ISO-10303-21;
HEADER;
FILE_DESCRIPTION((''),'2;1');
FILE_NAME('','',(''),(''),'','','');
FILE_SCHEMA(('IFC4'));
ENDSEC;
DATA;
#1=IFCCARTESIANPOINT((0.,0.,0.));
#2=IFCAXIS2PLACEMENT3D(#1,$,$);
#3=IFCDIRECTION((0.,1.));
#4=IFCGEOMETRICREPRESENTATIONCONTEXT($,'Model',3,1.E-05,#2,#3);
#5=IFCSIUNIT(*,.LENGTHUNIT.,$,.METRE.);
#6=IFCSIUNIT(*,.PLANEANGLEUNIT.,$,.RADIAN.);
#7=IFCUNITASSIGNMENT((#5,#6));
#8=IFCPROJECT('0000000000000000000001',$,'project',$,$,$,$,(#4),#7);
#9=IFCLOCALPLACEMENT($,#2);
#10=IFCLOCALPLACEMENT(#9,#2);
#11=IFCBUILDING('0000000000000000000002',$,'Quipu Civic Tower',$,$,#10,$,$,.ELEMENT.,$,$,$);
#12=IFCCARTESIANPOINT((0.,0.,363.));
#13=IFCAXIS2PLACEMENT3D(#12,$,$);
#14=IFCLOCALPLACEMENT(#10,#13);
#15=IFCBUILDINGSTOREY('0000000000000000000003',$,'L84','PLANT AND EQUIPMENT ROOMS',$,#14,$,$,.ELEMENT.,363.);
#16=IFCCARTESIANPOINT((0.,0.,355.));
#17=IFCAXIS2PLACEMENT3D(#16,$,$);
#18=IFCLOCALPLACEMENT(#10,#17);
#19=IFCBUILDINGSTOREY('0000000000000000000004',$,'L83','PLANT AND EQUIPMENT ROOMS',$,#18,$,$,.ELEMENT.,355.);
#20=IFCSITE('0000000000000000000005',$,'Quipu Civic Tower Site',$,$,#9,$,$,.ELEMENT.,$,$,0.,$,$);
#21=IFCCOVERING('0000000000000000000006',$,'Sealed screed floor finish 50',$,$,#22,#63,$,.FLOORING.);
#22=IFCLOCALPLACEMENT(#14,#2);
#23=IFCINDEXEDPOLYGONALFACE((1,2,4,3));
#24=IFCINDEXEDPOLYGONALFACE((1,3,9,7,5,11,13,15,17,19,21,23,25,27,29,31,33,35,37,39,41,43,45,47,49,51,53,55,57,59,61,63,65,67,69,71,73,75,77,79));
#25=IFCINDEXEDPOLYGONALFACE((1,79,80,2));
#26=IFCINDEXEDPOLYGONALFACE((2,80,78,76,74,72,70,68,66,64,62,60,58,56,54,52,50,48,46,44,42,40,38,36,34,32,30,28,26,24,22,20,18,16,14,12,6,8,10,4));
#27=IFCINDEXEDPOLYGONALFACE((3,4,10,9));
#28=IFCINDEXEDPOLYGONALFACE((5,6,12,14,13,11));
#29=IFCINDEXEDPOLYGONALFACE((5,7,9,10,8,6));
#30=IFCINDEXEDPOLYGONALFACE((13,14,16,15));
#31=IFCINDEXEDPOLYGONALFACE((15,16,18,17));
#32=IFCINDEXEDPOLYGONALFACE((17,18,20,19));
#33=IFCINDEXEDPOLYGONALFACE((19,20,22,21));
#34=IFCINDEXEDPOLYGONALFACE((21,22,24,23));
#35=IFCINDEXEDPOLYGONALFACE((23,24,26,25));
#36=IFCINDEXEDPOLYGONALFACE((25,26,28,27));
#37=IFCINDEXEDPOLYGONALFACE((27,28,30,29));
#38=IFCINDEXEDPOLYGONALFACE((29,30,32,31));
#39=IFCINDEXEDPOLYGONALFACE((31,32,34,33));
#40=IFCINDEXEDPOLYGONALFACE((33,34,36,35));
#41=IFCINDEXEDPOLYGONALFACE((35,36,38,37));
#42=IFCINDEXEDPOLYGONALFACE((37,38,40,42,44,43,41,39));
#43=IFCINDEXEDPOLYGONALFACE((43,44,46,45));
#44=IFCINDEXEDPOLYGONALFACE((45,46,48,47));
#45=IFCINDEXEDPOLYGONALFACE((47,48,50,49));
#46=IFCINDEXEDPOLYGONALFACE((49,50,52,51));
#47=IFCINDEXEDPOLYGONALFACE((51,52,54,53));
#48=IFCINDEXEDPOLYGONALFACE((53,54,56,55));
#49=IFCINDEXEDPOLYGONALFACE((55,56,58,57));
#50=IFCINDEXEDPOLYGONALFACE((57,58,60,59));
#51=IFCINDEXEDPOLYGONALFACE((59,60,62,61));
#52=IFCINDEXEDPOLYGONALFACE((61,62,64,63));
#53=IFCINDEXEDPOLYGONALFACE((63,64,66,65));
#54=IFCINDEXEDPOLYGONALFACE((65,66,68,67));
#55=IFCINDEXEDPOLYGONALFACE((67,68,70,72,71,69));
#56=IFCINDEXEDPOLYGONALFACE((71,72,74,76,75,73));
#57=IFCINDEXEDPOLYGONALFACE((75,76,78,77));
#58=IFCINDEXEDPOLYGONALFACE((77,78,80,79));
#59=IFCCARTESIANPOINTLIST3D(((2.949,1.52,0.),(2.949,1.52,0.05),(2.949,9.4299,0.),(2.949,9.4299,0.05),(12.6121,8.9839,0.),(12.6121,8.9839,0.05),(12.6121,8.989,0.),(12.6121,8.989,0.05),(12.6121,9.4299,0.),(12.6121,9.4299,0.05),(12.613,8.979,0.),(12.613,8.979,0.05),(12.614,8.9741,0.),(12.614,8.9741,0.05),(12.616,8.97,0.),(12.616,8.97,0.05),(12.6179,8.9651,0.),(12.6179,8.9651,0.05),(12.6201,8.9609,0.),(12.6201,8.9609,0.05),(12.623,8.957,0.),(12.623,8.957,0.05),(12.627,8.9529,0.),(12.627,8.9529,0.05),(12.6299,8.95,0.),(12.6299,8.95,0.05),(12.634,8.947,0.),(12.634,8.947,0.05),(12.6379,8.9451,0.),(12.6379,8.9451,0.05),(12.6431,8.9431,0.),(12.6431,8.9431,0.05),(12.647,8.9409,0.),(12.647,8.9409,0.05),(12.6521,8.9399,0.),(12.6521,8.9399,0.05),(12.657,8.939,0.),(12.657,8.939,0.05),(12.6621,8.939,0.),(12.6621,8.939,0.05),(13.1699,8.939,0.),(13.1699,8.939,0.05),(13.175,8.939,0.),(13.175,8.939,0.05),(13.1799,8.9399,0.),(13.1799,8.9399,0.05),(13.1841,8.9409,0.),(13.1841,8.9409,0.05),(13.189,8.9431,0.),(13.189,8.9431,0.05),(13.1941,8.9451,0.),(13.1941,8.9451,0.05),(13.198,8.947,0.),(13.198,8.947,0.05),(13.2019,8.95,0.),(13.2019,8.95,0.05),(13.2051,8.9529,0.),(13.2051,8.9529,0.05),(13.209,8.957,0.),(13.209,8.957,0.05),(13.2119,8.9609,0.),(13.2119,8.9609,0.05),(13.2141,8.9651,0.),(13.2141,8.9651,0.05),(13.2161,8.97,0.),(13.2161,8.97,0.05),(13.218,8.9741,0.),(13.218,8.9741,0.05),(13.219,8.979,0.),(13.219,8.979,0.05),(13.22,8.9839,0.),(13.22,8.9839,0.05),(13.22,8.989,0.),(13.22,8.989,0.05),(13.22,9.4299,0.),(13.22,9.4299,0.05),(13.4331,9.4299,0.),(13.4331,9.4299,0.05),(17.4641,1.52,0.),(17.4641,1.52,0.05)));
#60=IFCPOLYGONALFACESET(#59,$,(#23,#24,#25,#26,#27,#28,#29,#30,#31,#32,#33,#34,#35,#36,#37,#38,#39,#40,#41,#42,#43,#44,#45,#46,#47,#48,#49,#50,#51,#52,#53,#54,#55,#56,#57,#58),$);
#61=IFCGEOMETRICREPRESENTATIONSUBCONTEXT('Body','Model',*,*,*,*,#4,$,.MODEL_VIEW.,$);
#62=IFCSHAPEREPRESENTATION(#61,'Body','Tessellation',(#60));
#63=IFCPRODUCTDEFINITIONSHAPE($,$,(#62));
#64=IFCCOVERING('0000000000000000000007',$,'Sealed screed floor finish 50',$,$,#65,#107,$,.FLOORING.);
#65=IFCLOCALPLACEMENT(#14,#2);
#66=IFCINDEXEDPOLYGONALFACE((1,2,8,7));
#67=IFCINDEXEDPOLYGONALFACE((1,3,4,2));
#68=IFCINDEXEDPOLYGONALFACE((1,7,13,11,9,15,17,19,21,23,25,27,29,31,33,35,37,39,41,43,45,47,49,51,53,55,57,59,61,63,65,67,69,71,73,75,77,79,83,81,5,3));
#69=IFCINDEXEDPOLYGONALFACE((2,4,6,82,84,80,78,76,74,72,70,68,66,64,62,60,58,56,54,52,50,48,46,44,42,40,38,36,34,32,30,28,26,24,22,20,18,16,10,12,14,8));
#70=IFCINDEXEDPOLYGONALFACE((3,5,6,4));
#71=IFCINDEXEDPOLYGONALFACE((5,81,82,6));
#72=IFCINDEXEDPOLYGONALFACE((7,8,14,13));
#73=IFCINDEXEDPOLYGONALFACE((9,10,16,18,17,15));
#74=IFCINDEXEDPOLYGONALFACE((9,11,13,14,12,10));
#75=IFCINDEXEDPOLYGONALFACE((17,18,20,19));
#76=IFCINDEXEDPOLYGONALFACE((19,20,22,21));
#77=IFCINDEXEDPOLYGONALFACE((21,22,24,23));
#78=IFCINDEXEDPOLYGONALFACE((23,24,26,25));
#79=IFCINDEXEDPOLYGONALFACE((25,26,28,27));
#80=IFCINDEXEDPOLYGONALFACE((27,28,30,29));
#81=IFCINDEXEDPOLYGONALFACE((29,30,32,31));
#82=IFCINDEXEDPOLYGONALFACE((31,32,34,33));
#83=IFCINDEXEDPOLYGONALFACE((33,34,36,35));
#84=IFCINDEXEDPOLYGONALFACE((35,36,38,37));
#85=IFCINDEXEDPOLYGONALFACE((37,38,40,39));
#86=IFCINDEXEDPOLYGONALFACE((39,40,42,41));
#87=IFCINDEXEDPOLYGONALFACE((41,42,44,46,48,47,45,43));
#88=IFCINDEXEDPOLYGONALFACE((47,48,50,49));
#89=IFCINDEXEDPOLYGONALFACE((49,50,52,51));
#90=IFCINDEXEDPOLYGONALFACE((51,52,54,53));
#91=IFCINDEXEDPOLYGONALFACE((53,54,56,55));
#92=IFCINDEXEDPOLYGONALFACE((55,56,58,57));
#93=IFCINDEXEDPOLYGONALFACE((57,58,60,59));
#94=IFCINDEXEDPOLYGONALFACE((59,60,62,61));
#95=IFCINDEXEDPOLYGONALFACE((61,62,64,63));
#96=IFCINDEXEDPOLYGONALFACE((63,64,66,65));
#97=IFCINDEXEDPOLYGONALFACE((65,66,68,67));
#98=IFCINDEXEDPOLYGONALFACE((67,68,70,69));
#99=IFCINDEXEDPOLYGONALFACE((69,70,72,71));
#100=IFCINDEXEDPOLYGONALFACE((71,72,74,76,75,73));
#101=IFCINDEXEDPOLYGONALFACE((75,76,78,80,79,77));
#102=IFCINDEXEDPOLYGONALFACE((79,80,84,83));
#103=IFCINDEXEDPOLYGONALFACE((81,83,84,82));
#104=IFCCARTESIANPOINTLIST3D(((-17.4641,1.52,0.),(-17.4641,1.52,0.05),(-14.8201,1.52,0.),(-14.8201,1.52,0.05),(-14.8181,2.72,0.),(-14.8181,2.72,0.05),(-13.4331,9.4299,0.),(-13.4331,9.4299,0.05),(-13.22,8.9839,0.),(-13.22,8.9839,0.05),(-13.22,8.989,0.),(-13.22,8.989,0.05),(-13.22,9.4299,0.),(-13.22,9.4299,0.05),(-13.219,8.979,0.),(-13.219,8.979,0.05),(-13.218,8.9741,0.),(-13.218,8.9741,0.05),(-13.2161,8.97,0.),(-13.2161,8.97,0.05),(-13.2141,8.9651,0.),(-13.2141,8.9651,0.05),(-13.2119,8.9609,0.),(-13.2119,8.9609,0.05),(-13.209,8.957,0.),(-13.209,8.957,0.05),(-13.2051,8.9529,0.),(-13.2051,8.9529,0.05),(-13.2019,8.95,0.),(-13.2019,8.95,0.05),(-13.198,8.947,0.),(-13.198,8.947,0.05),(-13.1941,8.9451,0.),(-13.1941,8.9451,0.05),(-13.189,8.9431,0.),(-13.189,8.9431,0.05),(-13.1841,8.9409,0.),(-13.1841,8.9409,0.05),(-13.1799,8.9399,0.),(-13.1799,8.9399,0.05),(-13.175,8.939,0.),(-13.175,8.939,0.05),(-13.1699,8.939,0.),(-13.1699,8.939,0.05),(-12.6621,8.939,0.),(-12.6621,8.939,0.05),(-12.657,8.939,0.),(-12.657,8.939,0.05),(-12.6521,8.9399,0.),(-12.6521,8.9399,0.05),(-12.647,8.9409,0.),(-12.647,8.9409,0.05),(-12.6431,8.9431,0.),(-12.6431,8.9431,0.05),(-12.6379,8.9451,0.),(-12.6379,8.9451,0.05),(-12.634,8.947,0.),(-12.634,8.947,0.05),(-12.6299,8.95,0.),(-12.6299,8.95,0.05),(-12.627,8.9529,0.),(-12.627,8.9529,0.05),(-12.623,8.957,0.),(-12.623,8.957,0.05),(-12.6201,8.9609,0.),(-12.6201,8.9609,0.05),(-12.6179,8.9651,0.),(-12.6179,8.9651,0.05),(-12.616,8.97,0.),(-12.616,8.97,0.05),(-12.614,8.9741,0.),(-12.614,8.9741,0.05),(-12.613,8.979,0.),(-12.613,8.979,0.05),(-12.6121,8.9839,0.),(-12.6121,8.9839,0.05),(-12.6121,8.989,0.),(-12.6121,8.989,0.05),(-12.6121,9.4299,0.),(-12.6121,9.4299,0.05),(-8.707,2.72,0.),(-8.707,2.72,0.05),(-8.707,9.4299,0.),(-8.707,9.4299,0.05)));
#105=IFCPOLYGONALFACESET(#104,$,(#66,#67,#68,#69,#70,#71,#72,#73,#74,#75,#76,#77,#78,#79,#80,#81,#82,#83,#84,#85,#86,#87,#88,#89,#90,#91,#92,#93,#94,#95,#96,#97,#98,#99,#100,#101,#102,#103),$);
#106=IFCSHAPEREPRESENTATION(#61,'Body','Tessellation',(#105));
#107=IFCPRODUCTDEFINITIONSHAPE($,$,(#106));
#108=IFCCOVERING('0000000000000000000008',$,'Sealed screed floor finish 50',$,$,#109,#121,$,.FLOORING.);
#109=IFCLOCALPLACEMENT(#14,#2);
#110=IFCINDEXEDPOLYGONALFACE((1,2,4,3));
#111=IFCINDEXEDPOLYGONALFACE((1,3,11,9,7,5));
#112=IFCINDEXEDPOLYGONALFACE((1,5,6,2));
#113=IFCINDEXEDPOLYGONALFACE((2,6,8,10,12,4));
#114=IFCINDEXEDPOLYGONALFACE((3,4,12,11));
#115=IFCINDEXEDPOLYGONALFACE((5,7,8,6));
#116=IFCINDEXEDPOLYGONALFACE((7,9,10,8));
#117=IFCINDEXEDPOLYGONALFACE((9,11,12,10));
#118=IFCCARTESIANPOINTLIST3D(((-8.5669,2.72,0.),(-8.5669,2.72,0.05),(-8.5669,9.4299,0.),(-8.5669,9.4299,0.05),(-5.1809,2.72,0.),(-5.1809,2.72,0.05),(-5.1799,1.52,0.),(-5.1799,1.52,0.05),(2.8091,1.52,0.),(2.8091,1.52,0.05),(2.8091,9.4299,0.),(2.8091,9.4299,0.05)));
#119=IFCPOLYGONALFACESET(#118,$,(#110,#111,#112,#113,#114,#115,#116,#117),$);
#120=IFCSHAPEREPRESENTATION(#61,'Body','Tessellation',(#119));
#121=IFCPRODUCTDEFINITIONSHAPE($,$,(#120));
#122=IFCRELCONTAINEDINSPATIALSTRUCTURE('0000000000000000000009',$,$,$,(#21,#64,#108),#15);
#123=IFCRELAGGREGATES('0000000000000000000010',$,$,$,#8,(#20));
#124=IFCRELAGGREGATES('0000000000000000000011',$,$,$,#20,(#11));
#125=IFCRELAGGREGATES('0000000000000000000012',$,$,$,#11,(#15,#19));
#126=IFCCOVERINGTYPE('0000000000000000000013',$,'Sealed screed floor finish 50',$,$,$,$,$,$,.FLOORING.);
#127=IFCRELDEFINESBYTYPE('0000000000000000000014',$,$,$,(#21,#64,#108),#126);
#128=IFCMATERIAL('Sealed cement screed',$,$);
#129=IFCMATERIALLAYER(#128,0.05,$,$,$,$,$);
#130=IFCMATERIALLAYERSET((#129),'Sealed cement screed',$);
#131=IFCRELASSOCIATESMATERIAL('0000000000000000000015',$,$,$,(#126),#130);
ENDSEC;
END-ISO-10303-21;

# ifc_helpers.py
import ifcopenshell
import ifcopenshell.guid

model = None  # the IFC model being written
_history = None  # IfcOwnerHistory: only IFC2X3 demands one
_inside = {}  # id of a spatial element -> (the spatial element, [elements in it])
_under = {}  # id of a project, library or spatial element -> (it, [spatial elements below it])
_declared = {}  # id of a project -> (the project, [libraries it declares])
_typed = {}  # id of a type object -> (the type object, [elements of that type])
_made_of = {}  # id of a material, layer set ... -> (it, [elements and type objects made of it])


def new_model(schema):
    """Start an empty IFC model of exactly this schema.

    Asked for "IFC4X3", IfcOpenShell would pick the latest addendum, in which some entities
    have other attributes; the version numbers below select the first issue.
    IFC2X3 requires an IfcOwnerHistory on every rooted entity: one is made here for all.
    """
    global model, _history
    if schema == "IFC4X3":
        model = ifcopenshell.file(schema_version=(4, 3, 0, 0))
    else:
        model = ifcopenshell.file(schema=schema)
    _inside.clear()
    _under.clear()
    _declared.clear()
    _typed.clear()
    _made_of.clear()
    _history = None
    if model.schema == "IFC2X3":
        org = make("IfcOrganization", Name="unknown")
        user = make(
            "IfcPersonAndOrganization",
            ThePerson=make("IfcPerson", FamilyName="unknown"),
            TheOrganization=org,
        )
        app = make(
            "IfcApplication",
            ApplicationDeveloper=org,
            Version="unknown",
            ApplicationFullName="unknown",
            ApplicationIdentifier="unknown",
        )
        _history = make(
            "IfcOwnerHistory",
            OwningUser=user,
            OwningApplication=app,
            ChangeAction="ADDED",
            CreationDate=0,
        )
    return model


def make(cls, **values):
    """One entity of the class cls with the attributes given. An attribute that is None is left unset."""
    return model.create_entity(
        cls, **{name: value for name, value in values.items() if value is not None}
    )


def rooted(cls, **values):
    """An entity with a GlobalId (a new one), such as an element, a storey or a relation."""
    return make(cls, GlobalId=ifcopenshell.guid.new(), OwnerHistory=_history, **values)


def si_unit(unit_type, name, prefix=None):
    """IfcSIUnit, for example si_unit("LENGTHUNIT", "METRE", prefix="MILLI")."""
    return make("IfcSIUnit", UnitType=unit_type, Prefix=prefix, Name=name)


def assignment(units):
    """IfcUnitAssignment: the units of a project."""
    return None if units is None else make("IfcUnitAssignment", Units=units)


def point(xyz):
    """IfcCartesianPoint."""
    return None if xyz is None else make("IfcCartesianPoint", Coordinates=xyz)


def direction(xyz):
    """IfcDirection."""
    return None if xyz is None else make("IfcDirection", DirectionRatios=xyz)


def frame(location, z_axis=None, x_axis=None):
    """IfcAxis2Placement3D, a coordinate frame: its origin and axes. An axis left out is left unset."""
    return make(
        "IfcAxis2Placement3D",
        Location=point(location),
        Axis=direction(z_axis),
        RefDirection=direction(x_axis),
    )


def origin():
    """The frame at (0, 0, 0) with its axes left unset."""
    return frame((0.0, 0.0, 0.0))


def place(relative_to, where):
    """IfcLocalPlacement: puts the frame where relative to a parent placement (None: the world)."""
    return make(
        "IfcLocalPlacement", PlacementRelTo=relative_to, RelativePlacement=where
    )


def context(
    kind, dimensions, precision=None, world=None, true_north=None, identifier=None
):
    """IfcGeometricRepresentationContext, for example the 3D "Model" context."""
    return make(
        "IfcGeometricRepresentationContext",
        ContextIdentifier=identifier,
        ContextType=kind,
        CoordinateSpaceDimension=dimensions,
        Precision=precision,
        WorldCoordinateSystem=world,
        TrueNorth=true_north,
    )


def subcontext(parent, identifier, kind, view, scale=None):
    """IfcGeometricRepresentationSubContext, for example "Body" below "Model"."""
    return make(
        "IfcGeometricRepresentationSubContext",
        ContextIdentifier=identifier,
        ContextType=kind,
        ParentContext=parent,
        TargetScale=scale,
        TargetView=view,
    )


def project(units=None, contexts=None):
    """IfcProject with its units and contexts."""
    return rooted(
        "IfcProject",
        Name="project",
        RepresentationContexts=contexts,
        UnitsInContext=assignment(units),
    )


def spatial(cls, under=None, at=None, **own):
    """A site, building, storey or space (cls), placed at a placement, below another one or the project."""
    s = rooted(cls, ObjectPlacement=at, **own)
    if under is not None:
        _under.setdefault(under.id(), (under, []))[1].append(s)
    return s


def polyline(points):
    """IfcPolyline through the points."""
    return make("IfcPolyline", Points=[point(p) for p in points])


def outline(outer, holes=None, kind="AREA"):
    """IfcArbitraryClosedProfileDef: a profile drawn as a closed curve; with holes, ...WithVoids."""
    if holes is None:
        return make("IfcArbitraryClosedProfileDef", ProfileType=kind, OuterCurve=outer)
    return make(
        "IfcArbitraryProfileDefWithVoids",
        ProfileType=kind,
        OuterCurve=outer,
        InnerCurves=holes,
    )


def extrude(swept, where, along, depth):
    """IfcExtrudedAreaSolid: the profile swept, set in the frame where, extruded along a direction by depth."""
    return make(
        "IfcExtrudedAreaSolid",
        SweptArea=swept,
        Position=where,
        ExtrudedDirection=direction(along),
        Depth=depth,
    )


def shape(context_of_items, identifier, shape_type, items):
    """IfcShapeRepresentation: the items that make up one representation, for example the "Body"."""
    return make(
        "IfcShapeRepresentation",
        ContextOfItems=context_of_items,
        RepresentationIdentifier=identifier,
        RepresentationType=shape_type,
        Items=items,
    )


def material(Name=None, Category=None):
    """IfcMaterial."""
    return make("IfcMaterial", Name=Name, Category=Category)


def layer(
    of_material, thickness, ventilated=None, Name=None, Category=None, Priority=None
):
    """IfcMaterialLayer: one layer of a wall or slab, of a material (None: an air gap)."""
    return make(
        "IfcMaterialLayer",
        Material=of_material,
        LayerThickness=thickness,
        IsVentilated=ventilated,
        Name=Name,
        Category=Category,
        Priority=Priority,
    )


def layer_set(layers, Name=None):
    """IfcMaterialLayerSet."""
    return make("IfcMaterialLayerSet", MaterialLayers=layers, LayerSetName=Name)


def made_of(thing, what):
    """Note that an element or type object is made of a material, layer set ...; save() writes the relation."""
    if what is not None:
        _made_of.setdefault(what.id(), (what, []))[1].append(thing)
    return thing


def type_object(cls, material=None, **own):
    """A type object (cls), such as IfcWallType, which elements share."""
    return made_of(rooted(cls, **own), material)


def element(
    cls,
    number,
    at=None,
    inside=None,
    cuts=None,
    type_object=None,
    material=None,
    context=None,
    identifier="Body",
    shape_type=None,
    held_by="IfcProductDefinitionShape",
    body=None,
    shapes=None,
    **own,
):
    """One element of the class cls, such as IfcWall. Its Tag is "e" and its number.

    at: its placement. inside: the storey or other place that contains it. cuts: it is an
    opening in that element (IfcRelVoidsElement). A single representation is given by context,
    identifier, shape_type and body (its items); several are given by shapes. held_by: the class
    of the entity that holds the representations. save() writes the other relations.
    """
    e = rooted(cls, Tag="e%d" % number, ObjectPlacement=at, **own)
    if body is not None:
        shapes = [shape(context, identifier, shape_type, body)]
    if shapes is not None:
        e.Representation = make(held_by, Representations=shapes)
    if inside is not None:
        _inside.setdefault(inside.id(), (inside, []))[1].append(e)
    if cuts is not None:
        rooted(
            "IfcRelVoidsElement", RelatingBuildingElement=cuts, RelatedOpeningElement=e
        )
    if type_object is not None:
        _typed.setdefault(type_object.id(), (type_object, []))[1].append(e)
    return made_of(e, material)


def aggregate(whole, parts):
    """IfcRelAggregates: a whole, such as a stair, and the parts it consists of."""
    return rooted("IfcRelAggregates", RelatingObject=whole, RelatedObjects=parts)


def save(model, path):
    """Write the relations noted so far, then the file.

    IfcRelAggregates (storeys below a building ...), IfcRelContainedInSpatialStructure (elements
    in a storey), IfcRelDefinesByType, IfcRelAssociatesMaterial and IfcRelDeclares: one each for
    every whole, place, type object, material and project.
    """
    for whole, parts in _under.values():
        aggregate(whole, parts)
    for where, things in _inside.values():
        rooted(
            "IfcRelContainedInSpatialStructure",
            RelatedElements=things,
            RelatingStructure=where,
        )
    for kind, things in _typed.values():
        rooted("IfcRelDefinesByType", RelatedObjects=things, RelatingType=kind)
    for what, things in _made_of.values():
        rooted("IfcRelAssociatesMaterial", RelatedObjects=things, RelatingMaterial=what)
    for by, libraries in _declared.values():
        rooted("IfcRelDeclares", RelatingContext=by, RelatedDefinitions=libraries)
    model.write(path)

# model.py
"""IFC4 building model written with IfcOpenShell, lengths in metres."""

from ifc_helpers import new_model, si_unit, direction, frame, origin, place, context, subcontext, project, spatial, polyline, outline, extrude, material, layer, layer_set, type_object, element, save


model = new_model("IFC4")

# Units and contexts
model_context = context("Model", 3, precision=1e-05, world=origin(), true_north=direction((0.0, 1.0)))
body_context = subcontext(model_context, "Body", "Model", "MODEL_VIEW")
ifc_project = project(units=[si_unit("LENGTHUNIT", "METRE"), si_unit("PLANEANGLEUNIT", "RADIAN")], contexts=[model_context])

# Site, building, storey
site_placement = place(None, origin())
site = spatial("IfcSite", under=ifc_project, at=site_placement, Name="Quipu Civic Tower Site", CompositionType="ELEMENT", RefElevation=0.0)
building_placement = place(site_placement, origin())
building = spatial("IfcBuilding", under=site, at=building_placement, Name="Quipu Civic Tower", CompositionType="ELEMENT")
storey_1_placement = place(building_placement, frame((0.0, 0.0, 363.0)))
storey_1 = spatial("IfcBuildingStorey", under=building, at=storey_1_placement, Name="L84", Description="PLANT AND EQUIPMENT ROOMS", CompositionType="ELEMENT", Elevation=363.0)

# Shared definitions
storey_2_placement = place(building_placement, frame((0.0, 0.0, 355.0)))
storey_2 = spatial("IfcBuildingStorey", under=building, at=storey_2_placement, Name="L83", Description="PLANT AND EQUIPMENT ROOMS", CompositionType="ELEMENT", Elevation=355.0)

# Coverings
ifc_material_1 = material(Name="Sealed cement screed")
ifc_layer_1 = layer(ifc_material_1, 0.05)
ifc_layer_set_1 = layer_set([ifc_layer_1], Name="Sealed cement screed")
covering_type_1 = type_object("IfcCoveringType", Name="Sealed screed floor finish 50", PredefinedType="FLOORING", material=ifc_layer_set_1)
covering_1_placement = place(storey_1_placement, origin())
element("IfcCovering", 1, at=covering_1_placement, inside=storey_1, type_object=covering_type_1, Name="Sealed screed floor finish 50", PredefinedType="FLOORING", context=body_context, shape_type="SweptSolid", body=[
    extrude(outline(polyline([(2.949, 1.52), (2.949, 9.4299), (12.6121, 9.4299), (12.6121, 8.989), (12.6121, 8.9839), (12.613, 8.979), (12.614, 8.9741), (12.616, 8.97), (12.6179, 8.9651), (12.6201, 8.9609), (12.623, 8.957), (12.627, 8.9529), (12.6299, 8.95), (12.634, 8.947), (12.6379, 8.9451), (12.6431, 8.9431), (12.647, 8.9409), (12.6521, 8.9399), (12.657, 8.939), (12.6621, 8.939), (13.1699, 8.939), (13.175, 8.939), (13.1799, 8.9399), (13.1841, 8.9409), (13.189, 8.9431), (13.1941, 8.9451), (13.198, 8.947), (13.2019, 8.95), (13.2051, 8.9529), (13.209, 8.957), (13.2119, 8.9609), (13.2141, 8.9651), (13.2161, 8.97), (13.218, 8.9741), (13.219, 8.979), (13.22, 8.9839), (13.22, 8.989), (13.22, 9.4299), (13.4331, 9.4299), (17.4641, 1.52), (2.949, 1.52)])), origin(), (0.0, 0.0, 1.0), 0.05),
])
covering_2_placement = place(storey_1_placement, origin())
element("IfcCovering", 2, at=covering_2_placement, inside=storey_1, type_object=covering_type_1, Name="Sealed screed floor finish 50", PredefinedType="FLOORING", context=body_context, shape_type="SweptSolid", body=[
    extrude(outline(polyline([(-17.4641, 1.52), (-13.4331, 9.4299), (-13.22, 9.4299), (-13.22, 8.989), (-13.22, 8.9839), (-13.219, 8.979), (-13.218, 8.9741), (-13.2161, 8.97), (-13.2141, 8.9651), (-13.2119, 8.9609), (-13.209, 8.957), (-13.2051, 8.9529), (-13.2019, 8.95), (-13.198, 8.947), (-13.1941, 8.9451), (-13.189, 8.9431), (-13.1841, 8.9409), (-13.1799, 8.9399), (-13.175, 8.939), (-13.1699, 8.939), (-12.6621, 8.939), (-12.657, 8.939), (-12.6521, 8.9399), (-12.647, 8.9409), (-12.6431, 8.9431), (-12.6379, 8.9451), (-12.634, 8.947), (-12.6299, 8.95), (-12.627, 8.9529), (-12.623, 8.957), (-12.6201, 8.9609), (-12.6179, 8.9651), (-12.616, 8.97), (-12.614, 8.9741), (-12.613, 8.979), (-12.6121, 8.9839), (-12.6121, 8.989), (-12.6121, 9.4299), (-8.707, 9.4299), (-8.707, 2.72), (-14.8181, 2.72), (-14.8201, 1.52), (-17.4641, 1.52)])), origin(), (0.0, 0.0, 1.0), 0.05),
])
covering_3_placement = place(storey_1_placement, origin())
element("IfcCovering", 3, at=covering_3_placement, inside=storey_1, type_object=covering_type_1, Name="Sealed screed floor finish 50", PredefinedType="FLOORING", context=body_context, shape_type="SweptSolid", body=[
    extrude(outline(polyline([(-8.5669, 9.4299), (2.8091, 9.4299), (2.8091, 1.52), (-5.1799, 1.52), (-5.1809, 2.72), (-8.5669, 2.72), (-8.5669, 9.4299)])), origin(), (0.0, 0.0, 1.0), 0.05),
])

save(model, "model.ifc")
